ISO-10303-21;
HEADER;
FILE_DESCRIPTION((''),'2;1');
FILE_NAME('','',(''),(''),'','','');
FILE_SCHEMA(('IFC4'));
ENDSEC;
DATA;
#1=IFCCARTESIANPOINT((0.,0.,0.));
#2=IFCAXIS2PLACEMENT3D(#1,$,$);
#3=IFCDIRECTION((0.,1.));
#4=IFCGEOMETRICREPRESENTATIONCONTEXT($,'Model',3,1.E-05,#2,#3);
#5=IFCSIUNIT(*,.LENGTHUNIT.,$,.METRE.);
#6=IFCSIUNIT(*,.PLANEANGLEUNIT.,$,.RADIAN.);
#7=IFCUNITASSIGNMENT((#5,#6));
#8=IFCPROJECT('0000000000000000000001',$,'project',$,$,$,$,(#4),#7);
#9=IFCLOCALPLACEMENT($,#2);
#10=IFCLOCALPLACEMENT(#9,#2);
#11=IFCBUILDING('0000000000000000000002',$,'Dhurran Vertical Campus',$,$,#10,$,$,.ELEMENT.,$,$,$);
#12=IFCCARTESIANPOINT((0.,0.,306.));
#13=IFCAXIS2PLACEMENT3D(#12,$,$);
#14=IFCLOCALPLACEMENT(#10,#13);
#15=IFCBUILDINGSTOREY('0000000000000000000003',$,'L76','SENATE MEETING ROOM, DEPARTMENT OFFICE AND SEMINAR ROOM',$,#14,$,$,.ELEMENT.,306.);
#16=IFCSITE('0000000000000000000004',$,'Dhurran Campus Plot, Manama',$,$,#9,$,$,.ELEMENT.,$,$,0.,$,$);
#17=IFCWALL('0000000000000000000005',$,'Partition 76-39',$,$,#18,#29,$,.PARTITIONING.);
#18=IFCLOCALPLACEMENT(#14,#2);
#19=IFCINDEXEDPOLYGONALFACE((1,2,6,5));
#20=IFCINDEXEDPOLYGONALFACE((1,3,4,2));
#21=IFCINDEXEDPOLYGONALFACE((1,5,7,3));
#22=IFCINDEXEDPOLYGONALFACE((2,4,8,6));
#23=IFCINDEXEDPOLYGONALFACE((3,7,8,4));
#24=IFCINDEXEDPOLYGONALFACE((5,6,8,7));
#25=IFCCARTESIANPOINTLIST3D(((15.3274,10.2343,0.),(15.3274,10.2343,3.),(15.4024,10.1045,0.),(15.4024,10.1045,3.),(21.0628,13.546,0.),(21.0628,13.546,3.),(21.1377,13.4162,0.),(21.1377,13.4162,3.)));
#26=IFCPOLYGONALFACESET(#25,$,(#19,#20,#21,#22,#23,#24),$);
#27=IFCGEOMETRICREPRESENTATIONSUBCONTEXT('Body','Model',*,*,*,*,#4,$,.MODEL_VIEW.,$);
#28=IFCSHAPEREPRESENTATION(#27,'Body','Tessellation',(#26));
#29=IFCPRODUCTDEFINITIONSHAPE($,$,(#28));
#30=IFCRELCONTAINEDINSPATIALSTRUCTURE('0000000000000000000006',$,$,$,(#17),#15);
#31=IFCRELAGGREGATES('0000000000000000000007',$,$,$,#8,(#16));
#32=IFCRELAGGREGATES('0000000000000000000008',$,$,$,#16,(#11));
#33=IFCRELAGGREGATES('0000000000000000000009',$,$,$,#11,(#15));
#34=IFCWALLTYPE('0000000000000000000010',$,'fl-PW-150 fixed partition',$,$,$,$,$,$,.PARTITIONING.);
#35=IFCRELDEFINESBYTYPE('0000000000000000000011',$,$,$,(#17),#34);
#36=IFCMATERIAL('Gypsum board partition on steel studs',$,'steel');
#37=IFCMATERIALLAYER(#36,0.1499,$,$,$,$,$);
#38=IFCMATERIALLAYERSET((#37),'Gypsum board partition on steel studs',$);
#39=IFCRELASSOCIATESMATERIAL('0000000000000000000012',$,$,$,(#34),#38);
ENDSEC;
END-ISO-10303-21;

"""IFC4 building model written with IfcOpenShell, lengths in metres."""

from ifc_helpers import new_model, si_unit, direction, frame, frame_2d, origin, place, context, subcontext, project, spatial, rectangle, extrude, material, layer, layer_set, type_object, element, save


model = new_model("IFC4")

# Units and contexts
model_context = context("Model", 3, precision=1e-05, world=origin(), true_north=direction((0.0, 1.0)))
body_context = subcontext(model_context, "Body", "Model", "MODEL_VIEW")
ifc_project = project(units=[si_unit("LENGTHUNIT", "METRE"), si_unit("PLANEANGLEUNIT", "RADIAN")], contexts=[model_context])

# Site, building, storey
site_placement = place(None, origin())
site = spatial("IfcSite", under=ifc_project, at=site_placement, Name="Dhurran Campus Plot, Manama", CompositionType="ELEMENT", RefElevation=0.0)
building_placement = place(site_placement, origin())
building = spatial("IfcBuilding", under=site, at=building_placement, Name="Dhurran Vertical Campus", CompositionType="ELEMENT")
storey_placement = place(building_placement, frame((0.0, 0.0, 306.0)))
storey = spatial("IfcBuildingStorey", under=building, at=storey_placement, Name="L76", Description="SENATE MEETING ROOM, DEPARTMENT OFFICE AND SEMINAR ROOM", CompositionType="ELEMENT", Elevation=306.0)

# Wall
ifc_material_1 = material(Name="Gypsum board partition on steel studs", Category="steel")
ifc_layer_1 = layer(ifc_material_1, 0.1499)
ifc_layer_set_1 = layer_set([ifc_layer_1], Name="Gypsum board partition on steel studs")
wall_type_1 = type_object("IfcWallType", Name="fl-PW-150 fixed partition", PredefinedType="PARTITIONING", material=ifc_layer_set_1)
wall_1_placement = place(storey_placement, frame((21.1003, 13.4812, 0.0), z_axis=(0.0, 0.0, 1.0), x_axis=(-0.865995, -0.500052, 0.0)))
element("IfcWall", 1, at=wall_1_placement, inside=storey, type_object=wall_type_1, Name="Partition 76-39", PredefinedType="PARTITIONING", context=body_context, shape_type="SweptSolid", body=[
    extrude(rectangle(XDim=6.6228, YDim=0.1499, at=frame_2d((3.3115, 0.0))), origin(), (0.0, 0.0, 1.0), 3.0),
])

save(model, "model.ifc")
